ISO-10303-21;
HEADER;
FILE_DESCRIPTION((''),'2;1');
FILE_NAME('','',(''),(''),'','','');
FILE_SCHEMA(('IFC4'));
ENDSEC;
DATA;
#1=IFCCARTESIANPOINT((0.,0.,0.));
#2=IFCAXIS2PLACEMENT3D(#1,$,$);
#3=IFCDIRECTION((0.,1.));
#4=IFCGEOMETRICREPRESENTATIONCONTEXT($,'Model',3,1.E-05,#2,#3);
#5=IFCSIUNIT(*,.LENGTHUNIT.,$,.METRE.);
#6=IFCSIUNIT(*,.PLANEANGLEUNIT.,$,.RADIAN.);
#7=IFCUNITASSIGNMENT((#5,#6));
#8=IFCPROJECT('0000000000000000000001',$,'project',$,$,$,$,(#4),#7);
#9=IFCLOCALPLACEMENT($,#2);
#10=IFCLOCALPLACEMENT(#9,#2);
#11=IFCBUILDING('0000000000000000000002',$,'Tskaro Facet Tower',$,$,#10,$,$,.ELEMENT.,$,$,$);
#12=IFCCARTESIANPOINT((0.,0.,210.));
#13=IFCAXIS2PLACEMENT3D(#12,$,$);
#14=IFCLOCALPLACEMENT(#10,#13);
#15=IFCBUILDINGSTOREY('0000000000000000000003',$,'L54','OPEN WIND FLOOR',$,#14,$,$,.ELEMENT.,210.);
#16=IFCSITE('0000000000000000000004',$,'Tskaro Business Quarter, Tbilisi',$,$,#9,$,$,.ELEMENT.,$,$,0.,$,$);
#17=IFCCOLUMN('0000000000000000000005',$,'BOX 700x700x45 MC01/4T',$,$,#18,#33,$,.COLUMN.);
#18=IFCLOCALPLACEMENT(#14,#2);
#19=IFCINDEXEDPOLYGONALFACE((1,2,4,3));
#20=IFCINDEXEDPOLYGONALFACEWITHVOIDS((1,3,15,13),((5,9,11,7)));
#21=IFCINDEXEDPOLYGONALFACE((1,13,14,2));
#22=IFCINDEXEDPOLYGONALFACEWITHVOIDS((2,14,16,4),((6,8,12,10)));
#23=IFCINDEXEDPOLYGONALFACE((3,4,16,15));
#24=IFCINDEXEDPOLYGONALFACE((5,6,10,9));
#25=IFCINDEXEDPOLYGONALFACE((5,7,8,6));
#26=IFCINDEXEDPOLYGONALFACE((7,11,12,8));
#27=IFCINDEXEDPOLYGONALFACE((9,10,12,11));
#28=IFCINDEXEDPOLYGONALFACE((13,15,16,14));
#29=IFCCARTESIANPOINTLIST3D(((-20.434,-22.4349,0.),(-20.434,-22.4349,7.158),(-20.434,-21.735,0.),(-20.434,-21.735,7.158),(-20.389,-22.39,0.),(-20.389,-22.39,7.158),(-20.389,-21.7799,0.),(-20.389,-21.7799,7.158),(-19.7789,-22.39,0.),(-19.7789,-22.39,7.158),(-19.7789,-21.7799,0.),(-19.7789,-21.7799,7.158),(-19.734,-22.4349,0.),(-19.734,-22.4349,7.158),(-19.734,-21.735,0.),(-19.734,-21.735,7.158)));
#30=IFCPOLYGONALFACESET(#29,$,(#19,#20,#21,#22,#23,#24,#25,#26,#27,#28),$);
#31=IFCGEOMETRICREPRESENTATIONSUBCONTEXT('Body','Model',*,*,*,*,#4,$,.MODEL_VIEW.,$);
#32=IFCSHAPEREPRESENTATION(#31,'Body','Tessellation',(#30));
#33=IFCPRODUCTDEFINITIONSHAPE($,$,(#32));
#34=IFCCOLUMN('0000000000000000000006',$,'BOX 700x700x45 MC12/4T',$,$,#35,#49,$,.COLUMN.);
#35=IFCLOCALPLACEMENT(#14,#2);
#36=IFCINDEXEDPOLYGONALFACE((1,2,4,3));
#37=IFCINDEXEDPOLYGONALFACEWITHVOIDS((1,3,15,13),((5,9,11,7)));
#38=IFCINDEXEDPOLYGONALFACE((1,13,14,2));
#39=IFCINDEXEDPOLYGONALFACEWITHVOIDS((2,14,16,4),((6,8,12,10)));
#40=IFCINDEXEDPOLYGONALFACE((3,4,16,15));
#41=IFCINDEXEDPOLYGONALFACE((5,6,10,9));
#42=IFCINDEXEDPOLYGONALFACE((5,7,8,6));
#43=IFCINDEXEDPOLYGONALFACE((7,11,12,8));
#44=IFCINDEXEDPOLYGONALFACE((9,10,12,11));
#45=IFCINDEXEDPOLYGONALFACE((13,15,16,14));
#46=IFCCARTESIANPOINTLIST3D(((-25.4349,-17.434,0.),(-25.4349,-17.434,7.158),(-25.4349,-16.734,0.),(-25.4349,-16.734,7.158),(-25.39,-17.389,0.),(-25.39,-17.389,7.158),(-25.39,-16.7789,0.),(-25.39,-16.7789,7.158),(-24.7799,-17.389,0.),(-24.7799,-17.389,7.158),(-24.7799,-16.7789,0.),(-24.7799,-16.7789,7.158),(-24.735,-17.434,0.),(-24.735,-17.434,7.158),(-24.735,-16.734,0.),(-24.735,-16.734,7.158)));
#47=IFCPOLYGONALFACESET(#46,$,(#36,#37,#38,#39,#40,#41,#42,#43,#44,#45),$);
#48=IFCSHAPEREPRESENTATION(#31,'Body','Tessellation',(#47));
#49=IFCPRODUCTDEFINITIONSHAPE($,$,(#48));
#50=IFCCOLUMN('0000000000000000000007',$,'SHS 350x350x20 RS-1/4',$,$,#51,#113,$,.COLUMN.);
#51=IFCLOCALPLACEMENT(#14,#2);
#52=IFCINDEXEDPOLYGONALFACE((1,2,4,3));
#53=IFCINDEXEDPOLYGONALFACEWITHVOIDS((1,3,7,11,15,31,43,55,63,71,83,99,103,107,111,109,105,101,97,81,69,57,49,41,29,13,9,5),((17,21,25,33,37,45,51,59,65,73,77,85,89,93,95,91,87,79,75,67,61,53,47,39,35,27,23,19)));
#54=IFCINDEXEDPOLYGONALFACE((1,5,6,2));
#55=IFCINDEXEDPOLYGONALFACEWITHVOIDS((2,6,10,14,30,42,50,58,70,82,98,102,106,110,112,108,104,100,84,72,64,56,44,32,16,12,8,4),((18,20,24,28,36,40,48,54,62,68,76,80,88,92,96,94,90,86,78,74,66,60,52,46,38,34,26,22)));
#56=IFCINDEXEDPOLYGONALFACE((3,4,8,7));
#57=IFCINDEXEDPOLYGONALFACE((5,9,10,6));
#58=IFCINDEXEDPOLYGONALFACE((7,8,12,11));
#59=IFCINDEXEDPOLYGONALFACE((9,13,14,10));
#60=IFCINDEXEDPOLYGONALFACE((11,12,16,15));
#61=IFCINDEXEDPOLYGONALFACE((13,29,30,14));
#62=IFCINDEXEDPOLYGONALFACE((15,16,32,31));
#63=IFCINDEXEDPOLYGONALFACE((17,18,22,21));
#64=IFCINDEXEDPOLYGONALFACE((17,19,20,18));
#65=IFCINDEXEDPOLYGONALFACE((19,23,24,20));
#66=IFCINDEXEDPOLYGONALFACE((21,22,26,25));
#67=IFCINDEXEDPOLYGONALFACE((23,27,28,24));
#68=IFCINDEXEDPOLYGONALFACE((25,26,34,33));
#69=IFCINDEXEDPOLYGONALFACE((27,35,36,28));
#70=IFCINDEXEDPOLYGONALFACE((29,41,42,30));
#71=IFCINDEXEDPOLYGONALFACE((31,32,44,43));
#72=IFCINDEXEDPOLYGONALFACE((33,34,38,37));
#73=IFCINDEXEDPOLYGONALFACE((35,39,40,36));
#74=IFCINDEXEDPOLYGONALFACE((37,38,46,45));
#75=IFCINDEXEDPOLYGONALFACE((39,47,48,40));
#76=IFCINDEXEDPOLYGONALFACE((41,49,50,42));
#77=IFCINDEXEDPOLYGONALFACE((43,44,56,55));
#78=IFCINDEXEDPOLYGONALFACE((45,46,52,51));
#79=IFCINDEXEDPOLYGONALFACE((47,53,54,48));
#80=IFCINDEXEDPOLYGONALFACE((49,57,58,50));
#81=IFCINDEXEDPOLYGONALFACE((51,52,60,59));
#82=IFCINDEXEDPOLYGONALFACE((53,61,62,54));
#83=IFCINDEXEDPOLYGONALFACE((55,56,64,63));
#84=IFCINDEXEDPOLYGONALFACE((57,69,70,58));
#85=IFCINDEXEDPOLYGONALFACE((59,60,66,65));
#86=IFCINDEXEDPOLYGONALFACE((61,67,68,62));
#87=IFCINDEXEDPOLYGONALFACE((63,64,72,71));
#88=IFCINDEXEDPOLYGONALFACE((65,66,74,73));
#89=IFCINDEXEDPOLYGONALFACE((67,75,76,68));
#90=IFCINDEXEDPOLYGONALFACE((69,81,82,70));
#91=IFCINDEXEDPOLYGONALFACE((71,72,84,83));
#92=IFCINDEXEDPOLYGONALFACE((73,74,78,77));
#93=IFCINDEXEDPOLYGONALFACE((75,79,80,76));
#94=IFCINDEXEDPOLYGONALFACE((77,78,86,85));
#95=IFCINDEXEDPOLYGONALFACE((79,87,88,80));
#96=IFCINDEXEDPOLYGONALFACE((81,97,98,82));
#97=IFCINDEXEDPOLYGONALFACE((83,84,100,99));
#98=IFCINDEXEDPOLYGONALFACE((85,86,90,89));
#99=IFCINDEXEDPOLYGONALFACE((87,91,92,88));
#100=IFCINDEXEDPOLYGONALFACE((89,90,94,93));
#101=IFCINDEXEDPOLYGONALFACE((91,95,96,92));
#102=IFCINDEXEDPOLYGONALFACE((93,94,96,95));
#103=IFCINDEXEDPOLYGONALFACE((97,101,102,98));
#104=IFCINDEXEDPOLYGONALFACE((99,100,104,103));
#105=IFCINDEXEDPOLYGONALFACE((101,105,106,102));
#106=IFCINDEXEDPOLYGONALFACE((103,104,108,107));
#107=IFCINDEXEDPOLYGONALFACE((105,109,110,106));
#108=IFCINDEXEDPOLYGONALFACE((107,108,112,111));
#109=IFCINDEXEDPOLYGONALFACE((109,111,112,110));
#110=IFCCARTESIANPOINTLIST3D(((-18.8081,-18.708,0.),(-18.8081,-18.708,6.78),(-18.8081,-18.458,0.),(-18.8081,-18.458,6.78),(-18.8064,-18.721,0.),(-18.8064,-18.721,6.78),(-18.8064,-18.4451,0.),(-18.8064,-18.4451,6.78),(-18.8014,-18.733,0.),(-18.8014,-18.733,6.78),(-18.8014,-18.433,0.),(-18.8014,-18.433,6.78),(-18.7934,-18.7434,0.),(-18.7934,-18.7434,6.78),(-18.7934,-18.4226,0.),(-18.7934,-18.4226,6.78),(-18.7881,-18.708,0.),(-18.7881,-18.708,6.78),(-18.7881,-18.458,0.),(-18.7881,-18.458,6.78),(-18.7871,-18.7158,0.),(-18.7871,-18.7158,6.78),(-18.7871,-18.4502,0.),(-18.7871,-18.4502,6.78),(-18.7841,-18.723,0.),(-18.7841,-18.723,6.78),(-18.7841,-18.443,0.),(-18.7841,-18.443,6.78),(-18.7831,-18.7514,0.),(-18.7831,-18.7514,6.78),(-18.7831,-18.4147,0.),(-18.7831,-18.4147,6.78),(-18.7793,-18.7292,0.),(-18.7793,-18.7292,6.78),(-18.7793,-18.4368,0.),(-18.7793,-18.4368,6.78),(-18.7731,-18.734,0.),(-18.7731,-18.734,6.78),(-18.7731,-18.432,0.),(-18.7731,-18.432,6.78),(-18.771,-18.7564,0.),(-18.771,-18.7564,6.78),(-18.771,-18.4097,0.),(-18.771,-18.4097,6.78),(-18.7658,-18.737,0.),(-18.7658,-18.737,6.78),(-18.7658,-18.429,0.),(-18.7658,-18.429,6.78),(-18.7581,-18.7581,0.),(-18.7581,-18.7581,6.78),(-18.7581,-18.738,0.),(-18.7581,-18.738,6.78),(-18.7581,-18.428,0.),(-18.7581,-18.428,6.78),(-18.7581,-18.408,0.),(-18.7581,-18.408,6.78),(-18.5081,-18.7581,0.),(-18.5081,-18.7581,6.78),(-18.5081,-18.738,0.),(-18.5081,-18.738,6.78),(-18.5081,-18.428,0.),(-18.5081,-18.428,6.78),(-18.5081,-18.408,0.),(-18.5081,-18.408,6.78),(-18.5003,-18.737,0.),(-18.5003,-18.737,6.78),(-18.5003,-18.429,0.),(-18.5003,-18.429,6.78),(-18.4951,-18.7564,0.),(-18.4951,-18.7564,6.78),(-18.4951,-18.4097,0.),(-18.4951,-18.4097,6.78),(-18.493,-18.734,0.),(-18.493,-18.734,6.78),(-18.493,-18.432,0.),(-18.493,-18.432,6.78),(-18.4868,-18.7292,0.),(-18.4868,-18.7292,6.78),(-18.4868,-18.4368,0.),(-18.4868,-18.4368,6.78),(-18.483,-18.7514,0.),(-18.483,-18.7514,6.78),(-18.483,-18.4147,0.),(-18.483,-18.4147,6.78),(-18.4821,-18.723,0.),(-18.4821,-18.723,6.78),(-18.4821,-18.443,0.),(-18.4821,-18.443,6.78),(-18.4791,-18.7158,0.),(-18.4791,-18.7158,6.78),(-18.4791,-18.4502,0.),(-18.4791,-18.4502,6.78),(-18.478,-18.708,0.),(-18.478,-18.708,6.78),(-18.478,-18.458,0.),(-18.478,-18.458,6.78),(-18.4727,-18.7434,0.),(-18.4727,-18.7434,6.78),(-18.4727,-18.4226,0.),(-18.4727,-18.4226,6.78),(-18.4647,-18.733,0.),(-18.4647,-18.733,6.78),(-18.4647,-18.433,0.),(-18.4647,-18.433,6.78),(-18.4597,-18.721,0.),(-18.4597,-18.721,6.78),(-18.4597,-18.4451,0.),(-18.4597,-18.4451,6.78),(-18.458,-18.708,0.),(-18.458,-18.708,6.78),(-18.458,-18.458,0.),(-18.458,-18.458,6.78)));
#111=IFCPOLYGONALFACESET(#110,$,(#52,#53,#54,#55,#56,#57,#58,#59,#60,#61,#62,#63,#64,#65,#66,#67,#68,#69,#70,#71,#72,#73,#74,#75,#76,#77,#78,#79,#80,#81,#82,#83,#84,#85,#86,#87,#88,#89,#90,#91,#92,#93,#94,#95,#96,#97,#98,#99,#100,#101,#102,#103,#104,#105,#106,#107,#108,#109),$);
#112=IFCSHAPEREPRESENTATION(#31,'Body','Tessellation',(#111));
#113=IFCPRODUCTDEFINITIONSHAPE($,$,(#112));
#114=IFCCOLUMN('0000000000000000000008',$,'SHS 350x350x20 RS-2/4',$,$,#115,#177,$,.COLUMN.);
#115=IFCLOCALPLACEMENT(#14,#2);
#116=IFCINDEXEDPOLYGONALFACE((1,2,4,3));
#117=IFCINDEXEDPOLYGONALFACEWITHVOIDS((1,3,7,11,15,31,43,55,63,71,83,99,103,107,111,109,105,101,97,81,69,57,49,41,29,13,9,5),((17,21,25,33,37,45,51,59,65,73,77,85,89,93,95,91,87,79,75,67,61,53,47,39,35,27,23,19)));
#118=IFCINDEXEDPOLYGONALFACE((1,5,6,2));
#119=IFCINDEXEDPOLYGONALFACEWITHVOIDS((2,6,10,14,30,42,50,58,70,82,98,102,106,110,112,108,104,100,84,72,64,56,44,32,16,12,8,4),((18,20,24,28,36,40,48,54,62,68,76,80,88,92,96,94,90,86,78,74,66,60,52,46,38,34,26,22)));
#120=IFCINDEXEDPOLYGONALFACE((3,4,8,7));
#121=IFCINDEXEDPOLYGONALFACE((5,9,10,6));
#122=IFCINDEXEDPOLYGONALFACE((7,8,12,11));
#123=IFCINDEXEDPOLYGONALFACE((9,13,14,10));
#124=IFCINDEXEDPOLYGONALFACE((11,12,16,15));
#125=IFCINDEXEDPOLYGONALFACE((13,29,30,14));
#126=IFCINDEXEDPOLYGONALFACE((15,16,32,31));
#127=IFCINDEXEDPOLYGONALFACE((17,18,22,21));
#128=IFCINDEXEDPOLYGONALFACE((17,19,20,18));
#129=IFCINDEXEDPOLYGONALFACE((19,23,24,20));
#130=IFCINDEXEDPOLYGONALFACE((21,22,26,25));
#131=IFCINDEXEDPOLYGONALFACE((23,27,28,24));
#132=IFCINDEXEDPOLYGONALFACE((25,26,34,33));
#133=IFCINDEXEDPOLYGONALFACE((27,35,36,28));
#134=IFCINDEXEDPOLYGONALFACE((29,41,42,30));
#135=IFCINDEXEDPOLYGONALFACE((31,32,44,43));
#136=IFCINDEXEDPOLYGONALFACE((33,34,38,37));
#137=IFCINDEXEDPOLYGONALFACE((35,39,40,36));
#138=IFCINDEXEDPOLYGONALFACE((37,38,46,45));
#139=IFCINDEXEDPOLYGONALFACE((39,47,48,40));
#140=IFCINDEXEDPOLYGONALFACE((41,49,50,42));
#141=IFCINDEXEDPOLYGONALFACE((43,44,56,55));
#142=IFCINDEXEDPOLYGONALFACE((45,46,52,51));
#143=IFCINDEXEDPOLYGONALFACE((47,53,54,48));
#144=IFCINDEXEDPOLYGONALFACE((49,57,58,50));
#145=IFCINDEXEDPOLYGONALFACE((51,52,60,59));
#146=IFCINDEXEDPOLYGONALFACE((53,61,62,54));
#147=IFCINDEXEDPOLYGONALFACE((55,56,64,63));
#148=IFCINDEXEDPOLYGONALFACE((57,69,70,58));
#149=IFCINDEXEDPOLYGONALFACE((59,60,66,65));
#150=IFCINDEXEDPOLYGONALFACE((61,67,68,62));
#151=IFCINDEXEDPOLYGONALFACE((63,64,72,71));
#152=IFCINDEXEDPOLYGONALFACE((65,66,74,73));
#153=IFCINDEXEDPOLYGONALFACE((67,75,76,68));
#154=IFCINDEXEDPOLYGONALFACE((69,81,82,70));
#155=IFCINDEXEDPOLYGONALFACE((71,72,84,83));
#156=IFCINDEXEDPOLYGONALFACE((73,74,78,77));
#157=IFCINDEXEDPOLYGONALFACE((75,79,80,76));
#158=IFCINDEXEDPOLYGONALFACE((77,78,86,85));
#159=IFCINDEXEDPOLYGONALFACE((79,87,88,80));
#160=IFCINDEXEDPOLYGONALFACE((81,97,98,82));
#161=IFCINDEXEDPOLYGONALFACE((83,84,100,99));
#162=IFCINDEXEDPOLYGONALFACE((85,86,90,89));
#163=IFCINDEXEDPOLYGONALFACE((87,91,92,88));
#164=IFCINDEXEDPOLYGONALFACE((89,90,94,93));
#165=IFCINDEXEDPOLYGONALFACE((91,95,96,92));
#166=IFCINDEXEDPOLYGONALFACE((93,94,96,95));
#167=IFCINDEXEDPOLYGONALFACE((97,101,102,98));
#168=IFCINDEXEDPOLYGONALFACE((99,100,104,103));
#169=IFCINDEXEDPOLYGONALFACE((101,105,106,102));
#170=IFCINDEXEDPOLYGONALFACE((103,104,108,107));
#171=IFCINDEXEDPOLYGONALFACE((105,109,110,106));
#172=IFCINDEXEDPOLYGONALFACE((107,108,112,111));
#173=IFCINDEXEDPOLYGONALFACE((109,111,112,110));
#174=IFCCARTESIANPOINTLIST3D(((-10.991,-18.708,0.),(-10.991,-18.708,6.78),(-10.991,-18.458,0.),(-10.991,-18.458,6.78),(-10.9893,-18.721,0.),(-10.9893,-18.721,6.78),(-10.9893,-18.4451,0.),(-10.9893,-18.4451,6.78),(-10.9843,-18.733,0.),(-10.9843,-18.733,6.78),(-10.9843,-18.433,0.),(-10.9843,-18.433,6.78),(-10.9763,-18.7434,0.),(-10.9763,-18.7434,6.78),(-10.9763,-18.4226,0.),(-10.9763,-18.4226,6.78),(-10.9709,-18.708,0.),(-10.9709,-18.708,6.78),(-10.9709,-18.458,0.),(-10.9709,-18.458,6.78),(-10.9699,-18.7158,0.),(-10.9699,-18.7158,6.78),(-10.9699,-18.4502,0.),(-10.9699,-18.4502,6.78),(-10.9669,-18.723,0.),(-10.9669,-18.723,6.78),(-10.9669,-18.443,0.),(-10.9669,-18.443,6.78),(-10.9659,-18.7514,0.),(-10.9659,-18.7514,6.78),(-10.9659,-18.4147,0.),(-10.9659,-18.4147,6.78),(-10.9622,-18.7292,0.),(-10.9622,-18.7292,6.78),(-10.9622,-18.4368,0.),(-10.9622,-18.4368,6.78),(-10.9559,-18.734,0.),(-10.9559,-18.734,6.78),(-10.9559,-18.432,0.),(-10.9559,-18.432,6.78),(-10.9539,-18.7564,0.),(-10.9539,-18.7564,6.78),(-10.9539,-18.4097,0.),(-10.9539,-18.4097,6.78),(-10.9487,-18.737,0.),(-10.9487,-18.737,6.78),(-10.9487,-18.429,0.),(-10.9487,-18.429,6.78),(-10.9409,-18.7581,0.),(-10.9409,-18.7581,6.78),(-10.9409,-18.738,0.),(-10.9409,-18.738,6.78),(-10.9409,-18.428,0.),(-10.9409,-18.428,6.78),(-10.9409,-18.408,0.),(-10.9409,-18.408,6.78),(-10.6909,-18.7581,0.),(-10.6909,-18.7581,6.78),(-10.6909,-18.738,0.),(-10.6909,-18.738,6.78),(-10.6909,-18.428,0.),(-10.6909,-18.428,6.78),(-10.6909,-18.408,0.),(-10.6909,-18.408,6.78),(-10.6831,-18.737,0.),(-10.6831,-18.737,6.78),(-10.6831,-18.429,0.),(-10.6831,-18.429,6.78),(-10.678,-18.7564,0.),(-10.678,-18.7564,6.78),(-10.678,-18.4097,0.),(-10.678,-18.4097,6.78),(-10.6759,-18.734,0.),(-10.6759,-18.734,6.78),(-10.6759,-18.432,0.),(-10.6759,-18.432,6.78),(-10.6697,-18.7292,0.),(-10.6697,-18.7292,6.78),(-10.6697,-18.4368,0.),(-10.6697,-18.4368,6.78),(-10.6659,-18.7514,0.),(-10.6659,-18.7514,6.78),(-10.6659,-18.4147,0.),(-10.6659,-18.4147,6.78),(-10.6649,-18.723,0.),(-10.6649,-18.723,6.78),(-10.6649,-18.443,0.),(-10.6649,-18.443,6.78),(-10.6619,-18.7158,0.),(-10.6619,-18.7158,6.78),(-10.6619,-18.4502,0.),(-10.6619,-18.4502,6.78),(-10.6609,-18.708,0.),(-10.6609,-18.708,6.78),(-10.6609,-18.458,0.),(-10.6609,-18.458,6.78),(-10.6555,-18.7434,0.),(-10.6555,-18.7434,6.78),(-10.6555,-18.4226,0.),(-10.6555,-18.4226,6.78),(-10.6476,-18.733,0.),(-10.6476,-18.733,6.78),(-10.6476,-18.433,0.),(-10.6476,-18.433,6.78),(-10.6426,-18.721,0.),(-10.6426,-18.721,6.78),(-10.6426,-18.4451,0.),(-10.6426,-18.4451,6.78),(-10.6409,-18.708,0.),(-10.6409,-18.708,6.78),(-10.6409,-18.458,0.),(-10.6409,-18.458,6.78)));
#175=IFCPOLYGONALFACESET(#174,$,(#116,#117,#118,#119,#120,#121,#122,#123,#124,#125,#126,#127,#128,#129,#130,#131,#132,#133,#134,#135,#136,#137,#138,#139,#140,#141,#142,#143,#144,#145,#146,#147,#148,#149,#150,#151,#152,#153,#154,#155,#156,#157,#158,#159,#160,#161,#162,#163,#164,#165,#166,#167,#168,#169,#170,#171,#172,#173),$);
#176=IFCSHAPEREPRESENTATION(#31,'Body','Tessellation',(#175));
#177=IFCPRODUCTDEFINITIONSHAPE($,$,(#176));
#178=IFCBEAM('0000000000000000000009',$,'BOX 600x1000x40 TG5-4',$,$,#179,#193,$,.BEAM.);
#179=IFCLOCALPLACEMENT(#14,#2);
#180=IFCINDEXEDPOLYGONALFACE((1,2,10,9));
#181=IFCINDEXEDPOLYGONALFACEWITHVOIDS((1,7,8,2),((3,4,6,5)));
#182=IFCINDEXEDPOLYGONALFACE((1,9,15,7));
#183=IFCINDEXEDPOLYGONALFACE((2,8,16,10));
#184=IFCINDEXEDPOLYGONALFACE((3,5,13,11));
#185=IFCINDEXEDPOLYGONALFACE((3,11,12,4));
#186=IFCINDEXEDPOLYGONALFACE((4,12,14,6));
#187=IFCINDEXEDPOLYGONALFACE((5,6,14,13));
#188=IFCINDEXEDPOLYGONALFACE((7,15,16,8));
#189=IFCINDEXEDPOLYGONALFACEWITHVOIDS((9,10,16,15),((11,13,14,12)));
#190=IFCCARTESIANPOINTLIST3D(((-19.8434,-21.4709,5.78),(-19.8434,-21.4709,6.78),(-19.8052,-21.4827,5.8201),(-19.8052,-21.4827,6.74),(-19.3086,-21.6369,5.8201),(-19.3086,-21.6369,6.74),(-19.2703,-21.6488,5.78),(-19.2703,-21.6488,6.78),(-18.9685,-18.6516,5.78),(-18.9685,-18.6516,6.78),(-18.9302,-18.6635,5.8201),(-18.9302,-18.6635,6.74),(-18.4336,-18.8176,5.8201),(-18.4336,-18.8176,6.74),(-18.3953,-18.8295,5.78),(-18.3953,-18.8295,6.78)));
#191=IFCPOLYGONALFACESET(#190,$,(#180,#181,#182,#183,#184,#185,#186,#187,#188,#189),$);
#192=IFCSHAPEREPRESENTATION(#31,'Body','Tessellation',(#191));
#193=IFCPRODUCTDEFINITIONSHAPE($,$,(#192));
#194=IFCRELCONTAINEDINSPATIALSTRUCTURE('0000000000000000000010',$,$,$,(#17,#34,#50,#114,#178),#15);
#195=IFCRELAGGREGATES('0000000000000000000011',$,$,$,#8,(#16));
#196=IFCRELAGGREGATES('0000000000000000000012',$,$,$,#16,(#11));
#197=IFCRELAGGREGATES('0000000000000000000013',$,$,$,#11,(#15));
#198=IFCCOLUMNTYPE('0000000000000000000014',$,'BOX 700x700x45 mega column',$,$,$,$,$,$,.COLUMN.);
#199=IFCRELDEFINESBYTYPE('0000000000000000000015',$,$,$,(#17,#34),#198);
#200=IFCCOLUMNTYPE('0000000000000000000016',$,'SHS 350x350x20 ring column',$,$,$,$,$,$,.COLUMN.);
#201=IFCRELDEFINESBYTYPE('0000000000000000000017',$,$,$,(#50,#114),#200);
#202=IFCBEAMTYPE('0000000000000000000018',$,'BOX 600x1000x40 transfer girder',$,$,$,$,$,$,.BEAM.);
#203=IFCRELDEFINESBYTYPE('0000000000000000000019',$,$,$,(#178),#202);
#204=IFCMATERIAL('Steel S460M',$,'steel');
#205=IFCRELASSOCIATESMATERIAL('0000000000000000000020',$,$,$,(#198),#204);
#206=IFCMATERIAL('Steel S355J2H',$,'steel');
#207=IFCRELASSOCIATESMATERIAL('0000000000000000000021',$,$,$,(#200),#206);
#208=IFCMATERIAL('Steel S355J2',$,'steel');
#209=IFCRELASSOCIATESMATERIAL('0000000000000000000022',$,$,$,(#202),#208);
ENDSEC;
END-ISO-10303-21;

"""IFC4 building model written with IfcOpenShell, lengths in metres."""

from ifc_helpers import new_model, si_unit, direction, frame, origin, origin_2d, place, context, subcontext, project, spatial, hollow_rectangle, extrude, material, material_profile, profile_set, type_object, element, save


model = new_model("IFC4")

# Units and contexts
model_context = context("Model", 3, precision=1e-05, world=origin(), true_north=direction((0.0, 1.0)))
body_context = subcontext(model_context, "Body", "Model", "MODEL_VIEW")
ifc_project = project(units=[si_unit("LENGTHUNIT", "METRE"), si_unit("PLANEANGLEUNIT", "RADIAN")], contexts=[model_context])

# Site, building, storey
site_placement = place(None, origin())
site = spatial("IfcSite", under=ifc_project, at=site_placement, Name="Tskaro Business Quarter, Tbilisi", CompositionType="ELEMENT", RefElevation=0.0)
building_placement = place(site_placement, origin())
building = spatial("IfcBuilding", under=site, at=building_placement, Name="Tskaro Facet Tower", CompositionType="ELEMENT")
storey_placement = place(building_placement, frame((0.0, 0.0, 210.0)))
storey = spatial("IfcBuildingStorey", under=building, at=storey_placement, Name="L54", Description="OPEN WIND FLOOR", CompositionType="ELEMENT", Elevation=210.0)

# Columns
ifc_material_1 = material(Name="Steel S460M", Category="steel")
ifc_material_profile_1 = material_profile(ifc_material_1, hollow_rectangle(XDim=0.7, YDim=0.7, WallThickness=0.0449, at=origin_2d()), Name="BOX 700x700x45")
ifc_profile_set_1 = profile_set([ifc_material_profile_1], Name="Steel S460M")
column_type_1 = type_object("IfcColumnType", Name="BOX 700x700x45 mega column", PredefinedType="COLUMN", material=ifc_profile_set_1)
for number, where, z_axis, x_axis, name in (
    (1, (-20.084, -22.085, 0.0), (0.0, 0.0, 1.0), (1.0, 0.0, 0.0), "BOX 700x700x45 MC01/4T"),
    (2, (-25.085, -17.084, 0.0), (0.0, 0.0, 1.0), (1.0, 0.0, 0.0), "BOX 700x700x45 MC12/4T"),
):
    element("IfcColumn", number, at=place(storey_placement, frame(where, z_axis=z_axis, x_axis=x_axis)), inside=storey, type_object=column_type_1, Name=name, PredefinedType="COLUMN", context=body_context, shape_type="SweptSolid", body=[
        extrude(hollow_rectangle(XDim=0.7, YDim=0.7, WallThickness=0.0449, at=origin_2d()), origin(), (0.0, 0.0, 1.0), 7.158),
    ])
ifc_material_2 = material(Name="Steel S355J2H", Category="steel")
ifc_material_profile_2 = material_profile(ifc_material_2, hollow_rectangle(XDim=0.3501, YDim=0.3501, WallThickness=0.02, InnerFilletRadius=0.03, OuterFilletRadius=0.05, at=origin_2d()), Name="SHS 350x350x20")
ifc_profile_set_2 = profile_set([ifc_material_profile_2], Name="Steel S355J2H")
column_type_2 = type_object("IfcColumnType", Name="SHS 350x350x20 ring column", PredefinedType="COLUMN", material=ifc_profile_set_2)
for number, where, z_axis, x_axis, name in (
    (3, (-18.6331, -18.583, 0.0), (0.0, 0.0, 1.0), (1.0, 0.0, 0.0), "SHS 350x350x20 RS-1/4"),
    (4, (-10.8159, -18.583, 0.0), (0.0, 0.0, 1.0), (1.0, 0.0, 0.0), "SHS 350x350x20 RS-2/4"),
):
    element("IfcColumn", number, at=place(storey_placement, frame(where, z_axis=z_axis, x_axis=x_axis)), inside=storey, type_object=column_type_2, Name=name, PredefinedType="COLUMN", context=body_context, shape_type="SweptSolid", body=[
        extrude(hollow_rectangle(XDim=0.3501, YDim=0.3501, WallThickness=0.02, InnerFilletRadius=0.03, OuterFilletRadius=0.05, at=origin_2d()), origin(), (0.0, 0.0, 1.0), 6.78),
    ])

# Beam
ifc_material_3 = material(Name="Steel S355J2", Category="steel")
ifc_material_profile_3 = material_profile(ifc_material_3, hollow_rectangle(XDim=0.6001, YDim=1.0, WallThickness=0.04, at=origin_2d()), Name="BOX 600x1000x40")
ifc_profile_set_3 = profile_set([ifc_material_profile_3], Name="Steel S355J2")
beam_type_1 = type_object("IfcBeamType", Name="BOX 600x1000x40 transfer girder", PredefinedType="BEAM", material=ifc_profile_set_3)
beam_1_placement = place(storey_placement, frame((-19.5569, -21.5598, 6.28), z_axis=(0.29641, 0.955061, 0.0), x_axis=(-0.955061, 0.29641, 0.0)))
element("IfcBeam", 5, at=beam_1_placement, inside=storey, type_object=beam_type_1, Name="BOX 600x1000x40 TG5-4", PredefinedType="BEAM", context=body_context, shape_type="SweptSolid", body=[
    extrude(hollow_rectangle(XDim=0.6001, YDim=1.0, WallThickness=0.04, at=origin_2d()), origin(), (0.0, 0.0, 1.0), 2.9519),
])

save(model, "model.ifc")
